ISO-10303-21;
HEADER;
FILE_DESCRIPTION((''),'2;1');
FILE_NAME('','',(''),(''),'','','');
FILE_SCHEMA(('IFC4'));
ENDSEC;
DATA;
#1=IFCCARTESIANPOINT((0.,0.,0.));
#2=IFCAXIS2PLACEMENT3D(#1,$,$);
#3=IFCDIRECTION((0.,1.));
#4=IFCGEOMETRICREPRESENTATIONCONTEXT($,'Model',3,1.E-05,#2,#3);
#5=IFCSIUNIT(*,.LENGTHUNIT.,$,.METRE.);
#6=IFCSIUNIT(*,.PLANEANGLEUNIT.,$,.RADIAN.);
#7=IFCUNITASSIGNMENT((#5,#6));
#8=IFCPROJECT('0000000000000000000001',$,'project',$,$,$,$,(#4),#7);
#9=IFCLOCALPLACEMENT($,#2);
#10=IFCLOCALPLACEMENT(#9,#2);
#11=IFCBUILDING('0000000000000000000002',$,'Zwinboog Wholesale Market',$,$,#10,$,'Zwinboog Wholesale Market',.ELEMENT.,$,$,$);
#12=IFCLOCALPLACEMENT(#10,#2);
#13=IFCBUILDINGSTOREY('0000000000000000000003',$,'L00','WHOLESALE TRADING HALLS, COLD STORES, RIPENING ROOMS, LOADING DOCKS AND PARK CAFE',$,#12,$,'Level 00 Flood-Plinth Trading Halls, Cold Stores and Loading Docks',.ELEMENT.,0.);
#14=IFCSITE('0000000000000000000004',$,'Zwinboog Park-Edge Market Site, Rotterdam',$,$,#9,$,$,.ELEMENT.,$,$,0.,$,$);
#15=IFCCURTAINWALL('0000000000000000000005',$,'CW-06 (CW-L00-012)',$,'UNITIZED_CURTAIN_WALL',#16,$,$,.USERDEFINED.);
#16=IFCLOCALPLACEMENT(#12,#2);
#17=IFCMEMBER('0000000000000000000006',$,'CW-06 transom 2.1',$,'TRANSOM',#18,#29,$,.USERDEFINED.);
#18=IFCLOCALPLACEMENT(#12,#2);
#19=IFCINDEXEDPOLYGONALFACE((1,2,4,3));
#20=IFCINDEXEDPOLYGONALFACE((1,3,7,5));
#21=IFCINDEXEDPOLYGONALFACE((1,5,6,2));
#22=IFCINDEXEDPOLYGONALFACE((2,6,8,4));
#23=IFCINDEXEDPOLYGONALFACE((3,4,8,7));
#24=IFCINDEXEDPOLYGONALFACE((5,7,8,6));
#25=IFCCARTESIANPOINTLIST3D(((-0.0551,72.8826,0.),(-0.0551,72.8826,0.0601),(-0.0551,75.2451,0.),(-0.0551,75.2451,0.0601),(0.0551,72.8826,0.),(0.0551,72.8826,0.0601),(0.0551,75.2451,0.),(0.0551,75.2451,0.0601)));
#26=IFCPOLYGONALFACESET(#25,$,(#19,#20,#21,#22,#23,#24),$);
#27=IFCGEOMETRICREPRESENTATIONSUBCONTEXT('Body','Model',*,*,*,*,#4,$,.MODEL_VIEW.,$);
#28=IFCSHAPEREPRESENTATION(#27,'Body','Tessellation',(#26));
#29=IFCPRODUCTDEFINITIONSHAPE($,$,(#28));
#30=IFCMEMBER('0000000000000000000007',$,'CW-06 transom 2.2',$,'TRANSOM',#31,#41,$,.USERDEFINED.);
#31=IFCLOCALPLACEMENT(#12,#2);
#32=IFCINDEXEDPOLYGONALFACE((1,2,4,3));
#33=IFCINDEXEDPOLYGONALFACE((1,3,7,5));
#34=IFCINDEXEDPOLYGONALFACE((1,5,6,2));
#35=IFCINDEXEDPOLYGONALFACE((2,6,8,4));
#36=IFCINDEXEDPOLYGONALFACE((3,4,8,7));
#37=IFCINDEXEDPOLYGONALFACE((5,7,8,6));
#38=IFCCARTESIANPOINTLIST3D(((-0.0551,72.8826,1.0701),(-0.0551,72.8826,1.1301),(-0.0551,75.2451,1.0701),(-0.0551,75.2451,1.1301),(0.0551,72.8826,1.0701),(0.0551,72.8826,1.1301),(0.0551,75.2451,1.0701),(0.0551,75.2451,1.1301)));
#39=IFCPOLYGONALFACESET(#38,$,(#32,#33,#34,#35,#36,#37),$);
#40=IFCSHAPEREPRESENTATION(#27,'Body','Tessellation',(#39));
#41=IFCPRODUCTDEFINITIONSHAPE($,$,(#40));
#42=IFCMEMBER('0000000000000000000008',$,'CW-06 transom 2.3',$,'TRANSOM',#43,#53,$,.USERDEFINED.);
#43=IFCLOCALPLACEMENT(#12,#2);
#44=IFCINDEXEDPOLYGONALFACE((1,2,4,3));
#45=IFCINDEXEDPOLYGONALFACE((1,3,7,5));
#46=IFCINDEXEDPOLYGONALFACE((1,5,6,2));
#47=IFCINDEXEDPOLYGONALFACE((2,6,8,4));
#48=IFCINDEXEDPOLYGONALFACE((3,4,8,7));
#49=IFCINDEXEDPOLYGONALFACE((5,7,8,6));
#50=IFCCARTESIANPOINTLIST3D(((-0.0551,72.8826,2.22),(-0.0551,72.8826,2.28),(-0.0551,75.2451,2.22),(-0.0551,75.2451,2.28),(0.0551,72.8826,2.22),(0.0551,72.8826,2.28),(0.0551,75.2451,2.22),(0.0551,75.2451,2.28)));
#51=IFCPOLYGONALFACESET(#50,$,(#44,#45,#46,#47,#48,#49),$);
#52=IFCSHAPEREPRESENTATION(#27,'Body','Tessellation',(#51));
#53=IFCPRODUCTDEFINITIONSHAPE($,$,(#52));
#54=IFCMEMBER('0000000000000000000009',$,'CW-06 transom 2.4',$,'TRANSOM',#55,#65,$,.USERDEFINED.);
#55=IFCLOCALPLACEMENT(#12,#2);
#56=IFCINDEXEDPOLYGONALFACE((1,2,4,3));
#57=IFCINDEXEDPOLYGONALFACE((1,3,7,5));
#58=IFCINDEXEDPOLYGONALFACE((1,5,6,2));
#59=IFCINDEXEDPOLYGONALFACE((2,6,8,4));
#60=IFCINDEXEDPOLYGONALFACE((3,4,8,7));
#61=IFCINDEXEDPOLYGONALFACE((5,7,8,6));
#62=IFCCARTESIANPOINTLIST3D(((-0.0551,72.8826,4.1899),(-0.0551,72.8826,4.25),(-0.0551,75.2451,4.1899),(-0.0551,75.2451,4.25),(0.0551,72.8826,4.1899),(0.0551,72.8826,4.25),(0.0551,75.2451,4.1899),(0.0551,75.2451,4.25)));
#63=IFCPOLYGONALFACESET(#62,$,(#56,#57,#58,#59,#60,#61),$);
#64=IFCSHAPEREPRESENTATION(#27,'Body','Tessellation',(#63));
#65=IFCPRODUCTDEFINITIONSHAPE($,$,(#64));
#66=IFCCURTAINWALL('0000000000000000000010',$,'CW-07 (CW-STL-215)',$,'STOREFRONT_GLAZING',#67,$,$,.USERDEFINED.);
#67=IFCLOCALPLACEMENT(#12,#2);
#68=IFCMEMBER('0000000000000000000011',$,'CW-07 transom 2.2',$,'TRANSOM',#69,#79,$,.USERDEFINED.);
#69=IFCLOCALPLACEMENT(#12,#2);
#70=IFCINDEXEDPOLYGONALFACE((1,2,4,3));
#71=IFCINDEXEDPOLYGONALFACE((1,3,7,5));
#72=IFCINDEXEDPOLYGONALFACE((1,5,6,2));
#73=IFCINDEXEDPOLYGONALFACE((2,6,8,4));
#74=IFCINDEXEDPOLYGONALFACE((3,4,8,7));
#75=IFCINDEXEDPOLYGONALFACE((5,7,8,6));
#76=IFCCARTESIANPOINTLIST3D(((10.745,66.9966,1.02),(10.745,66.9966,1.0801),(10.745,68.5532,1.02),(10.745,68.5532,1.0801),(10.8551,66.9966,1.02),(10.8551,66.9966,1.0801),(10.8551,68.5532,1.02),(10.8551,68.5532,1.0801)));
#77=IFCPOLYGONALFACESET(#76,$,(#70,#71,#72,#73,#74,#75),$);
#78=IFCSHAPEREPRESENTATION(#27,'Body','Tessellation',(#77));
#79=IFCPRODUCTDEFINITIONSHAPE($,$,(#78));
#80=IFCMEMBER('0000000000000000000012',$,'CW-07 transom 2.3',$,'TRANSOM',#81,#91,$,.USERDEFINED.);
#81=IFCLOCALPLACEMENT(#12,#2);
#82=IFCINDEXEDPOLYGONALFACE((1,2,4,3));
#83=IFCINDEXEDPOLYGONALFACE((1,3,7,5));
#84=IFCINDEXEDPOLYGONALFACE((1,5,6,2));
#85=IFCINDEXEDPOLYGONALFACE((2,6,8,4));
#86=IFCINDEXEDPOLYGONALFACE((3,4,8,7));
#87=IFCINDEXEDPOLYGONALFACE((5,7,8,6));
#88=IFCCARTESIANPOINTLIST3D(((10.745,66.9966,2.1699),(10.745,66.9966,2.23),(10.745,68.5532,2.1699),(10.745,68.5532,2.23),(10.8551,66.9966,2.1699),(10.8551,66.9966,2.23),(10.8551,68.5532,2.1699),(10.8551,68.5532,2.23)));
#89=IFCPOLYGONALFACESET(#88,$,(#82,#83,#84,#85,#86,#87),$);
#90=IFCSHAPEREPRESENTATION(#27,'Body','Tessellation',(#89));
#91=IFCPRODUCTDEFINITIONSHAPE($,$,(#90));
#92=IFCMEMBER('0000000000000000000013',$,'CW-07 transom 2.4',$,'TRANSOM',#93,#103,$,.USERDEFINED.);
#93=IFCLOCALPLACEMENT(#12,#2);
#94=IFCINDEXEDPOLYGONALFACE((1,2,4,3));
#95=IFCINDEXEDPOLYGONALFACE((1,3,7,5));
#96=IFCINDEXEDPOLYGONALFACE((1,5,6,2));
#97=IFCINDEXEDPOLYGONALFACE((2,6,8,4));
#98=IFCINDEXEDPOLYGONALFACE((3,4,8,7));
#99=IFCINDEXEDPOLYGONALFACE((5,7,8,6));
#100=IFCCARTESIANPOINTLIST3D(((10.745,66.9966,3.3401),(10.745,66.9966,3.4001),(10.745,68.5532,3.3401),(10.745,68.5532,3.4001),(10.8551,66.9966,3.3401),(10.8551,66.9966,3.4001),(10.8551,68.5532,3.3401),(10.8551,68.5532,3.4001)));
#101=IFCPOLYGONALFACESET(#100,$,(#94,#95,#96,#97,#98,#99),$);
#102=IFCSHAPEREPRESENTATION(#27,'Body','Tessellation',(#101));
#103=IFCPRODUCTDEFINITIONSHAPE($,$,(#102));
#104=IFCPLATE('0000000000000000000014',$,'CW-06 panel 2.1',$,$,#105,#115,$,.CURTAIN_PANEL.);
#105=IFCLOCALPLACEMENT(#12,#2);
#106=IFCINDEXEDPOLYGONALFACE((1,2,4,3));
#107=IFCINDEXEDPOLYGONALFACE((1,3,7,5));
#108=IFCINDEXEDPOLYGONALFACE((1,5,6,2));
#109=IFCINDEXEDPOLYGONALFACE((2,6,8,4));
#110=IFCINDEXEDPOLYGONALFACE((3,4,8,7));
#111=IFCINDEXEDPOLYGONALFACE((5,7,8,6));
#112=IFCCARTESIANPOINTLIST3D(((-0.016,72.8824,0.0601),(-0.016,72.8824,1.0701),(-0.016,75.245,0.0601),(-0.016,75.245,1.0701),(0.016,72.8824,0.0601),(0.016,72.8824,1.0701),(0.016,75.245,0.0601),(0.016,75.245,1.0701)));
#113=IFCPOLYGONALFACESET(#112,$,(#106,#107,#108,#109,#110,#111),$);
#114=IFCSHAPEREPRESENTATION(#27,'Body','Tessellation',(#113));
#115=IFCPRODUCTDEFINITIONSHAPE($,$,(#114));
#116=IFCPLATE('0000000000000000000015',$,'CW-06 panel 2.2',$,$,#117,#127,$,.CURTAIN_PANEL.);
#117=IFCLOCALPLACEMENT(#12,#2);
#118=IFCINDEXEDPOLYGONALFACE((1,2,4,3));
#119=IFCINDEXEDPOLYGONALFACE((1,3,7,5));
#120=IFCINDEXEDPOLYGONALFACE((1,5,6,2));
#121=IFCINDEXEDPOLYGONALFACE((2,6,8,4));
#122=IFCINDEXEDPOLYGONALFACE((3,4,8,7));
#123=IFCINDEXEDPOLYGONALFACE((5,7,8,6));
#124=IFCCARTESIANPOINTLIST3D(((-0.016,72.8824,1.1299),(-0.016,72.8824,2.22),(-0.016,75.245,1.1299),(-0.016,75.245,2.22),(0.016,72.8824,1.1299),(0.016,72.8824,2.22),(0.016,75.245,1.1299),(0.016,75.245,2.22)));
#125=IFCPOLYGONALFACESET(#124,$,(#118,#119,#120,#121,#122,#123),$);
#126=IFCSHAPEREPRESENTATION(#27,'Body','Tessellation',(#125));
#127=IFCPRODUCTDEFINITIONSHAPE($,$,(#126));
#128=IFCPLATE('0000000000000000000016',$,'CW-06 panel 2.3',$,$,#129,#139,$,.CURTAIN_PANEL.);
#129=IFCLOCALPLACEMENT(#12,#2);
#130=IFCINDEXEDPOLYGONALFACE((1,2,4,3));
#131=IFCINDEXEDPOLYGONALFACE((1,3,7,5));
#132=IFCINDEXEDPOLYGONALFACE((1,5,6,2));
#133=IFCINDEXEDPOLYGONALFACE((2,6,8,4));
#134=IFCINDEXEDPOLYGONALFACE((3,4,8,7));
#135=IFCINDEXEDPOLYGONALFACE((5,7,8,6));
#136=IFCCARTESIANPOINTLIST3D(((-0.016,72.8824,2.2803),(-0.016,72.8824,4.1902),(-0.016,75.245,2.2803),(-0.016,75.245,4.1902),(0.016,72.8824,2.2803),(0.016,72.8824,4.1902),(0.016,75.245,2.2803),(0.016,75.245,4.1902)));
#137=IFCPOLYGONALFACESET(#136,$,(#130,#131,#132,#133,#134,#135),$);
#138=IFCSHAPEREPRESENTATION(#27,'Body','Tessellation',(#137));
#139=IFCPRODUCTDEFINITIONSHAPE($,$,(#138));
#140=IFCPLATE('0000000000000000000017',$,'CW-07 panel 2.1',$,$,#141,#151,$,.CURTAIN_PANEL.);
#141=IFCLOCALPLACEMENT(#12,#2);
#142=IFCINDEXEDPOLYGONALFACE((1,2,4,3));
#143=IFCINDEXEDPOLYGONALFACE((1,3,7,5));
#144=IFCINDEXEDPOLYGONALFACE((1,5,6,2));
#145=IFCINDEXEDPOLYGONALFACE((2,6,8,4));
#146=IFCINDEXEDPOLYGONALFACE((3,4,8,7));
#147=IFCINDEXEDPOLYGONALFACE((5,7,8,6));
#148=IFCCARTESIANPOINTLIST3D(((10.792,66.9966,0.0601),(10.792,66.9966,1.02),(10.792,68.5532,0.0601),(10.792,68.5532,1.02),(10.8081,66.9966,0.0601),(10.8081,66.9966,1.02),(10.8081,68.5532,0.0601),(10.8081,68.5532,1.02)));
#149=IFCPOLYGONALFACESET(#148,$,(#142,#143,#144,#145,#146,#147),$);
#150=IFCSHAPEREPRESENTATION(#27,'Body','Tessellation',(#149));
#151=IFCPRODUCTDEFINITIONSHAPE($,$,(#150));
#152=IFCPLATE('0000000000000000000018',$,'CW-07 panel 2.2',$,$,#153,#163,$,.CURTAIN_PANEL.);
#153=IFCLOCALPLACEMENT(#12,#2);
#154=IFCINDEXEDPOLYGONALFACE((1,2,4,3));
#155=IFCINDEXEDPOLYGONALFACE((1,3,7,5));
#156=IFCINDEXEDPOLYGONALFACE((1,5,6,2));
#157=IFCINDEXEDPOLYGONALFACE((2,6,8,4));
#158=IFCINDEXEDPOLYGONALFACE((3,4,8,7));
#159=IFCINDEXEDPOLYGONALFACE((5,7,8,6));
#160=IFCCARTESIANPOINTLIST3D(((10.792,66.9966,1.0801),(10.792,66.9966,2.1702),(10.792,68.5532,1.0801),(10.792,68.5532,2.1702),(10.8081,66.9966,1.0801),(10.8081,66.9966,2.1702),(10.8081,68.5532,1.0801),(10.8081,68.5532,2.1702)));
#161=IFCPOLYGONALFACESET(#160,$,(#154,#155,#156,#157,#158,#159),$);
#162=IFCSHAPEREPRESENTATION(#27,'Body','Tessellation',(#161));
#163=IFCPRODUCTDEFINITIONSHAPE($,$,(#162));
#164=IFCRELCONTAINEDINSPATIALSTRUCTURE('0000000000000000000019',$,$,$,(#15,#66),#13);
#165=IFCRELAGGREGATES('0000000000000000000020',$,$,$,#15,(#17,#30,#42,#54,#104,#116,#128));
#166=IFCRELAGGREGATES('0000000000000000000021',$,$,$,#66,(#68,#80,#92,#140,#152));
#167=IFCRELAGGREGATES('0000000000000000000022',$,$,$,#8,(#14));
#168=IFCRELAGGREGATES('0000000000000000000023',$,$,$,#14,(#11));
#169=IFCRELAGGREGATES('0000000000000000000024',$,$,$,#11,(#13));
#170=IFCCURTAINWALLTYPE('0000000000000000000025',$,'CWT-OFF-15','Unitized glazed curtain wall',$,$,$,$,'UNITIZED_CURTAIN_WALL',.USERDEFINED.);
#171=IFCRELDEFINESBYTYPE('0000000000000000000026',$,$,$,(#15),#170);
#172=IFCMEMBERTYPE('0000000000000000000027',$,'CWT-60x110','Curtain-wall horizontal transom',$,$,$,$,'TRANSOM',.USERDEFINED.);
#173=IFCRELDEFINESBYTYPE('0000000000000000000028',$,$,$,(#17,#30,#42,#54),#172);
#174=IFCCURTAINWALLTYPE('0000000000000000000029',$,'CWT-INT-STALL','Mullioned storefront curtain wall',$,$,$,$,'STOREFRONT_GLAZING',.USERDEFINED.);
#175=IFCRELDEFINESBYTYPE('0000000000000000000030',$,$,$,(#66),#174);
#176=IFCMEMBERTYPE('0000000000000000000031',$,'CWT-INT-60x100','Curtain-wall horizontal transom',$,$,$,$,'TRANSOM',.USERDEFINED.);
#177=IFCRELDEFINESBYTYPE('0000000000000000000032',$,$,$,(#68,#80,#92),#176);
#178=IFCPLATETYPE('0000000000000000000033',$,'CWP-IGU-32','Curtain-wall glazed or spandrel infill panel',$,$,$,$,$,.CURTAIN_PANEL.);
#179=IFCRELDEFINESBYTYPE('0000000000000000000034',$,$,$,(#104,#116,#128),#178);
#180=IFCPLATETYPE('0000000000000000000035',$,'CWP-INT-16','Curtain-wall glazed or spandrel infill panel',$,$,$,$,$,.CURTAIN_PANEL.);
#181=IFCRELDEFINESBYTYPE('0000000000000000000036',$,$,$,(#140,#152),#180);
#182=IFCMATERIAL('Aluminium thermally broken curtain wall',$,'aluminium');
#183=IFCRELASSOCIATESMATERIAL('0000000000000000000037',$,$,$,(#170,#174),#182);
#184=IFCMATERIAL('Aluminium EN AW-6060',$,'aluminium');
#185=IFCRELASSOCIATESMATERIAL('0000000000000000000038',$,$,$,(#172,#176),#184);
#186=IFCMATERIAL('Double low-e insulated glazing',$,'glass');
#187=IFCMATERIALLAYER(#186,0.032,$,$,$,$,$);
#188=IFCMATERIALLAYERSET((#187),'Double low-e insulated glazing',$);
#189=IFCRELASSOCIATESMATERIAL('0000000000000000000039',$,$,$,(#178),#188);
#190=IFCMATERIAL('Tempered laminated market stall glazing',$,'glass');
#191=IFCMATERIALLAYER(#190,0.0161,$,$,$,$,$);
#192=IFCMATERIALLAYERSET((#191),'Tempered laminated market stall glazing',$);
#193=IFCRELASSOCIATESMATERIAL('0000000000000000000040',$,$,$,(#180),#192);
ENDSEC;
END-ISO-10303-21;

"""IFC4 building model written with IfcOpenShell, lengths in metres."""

from ifc_helpers import new_model, si_unit, direction, frame, origin, origin_2d, place, context, subcontext, project, spatial, rectangle, extrude, material, layer, layer_set, material_profile, profile_set, type_object, element, aggregate, save


model = new_model("IFC4")

# Units and contexts
model_context = context("Model", 3, precision=1e-05, world=origin(), true_north=direction((0.0, 1.0)))
body_context = subcontext(model_context, "Body", "Model", "MODEL_VIEW")
ifc_project = project(units=[si_unit("LENGTHUNIT", "METRE"), si_unit("PLANEANGLEUNIT", "RADIAN")], contexts=[model_context])

# Site, building, storey
site_placement = place(None, origin())
site = spatial("IfcSite", under=ifc_project, at=site_placement, Name="Zwinboog Park-Edge Market Site, Rotterdam", CompositionType="ELEMENT", RefElevation=0.0)
building_placement = place(site_placement, origin())
building = spatial("IfcBuilding", under=site, at=building_placement, Name="Zwinboog Wholesale Market", LongName="Zwinboog Wholesale Market", CompositionType="ELEMENT")
storey_placement = place(building_placement, origin())
storey = spatial("IfcBuildingStorey", under=building, at=storey_placement, Name="L00", Description="WHOLESALE TRADING HALLS, COLD STORES, RIPENING ROOMS, LOADING DOCKS AND PARK CAFE", LongName="Level 00 Flood-Plinth Trading Halls, Cold Stores and Loading Docks", CompositionType="ELEMENT", Elevation=0.0)

# Curtain walls, members
ifc_material_1 = material(Name="Aluminium thermally broken curtain wall", Category="aluminium")
curtain_wall_type_1 = type_object("IfcCurtainWallType", Name="CWT-OFF-15", Description="Unitized glazed curtain wall", ElementType="UNITIZED_CURTAIN_WALL", PredefinedType="USERDEFINED", material=ifc_material_1)
curtain_wall_1_placement = place(storey_placement, origin())
curtain_wall_1 = element("IfcCurtainWall", 1, at=curtain_wall_1_placement, inside=storey, type_object=curtain_wall_type_1, Name="CW-06 (CW-L00-012)", ObjectType="UNITIZED_CURTAIN_WALL", PredefinedType="USERDEFINED")
ifc_material_2 = material(Name="Aluminium EN AW-6060", Category="aluminium")
ifc_material_profile_1 = material_profile(ifc_material_2, rectangle(XDim=0.1101, YDim=0.0601, at=origin_2d()), Name="AL 60x110")
ifc_profile_set_1 = profile_set([ifc_material_profile_1], Name="Aluminium EN AW-6060")
member_type_1 = type_object("IfcMemberType", Name="CWT-60x110", Description="Curtain-wall horizontal transom", ElementType="TRANSOM", PredefinedType="USERDEFINED", material=ifc_profile_set_1)
member_1_placement = place(storey_placement, frame((0.0, 72.8826, 0.03), z_axis=(0.0, 1.0, 0.0), x_axis=(-1.0, 0.0, 0.0)))
member_1 = element("IfcMember", 2, at=member_1_placement, type_object=member_type_1, Name="CW-06 transom 2.1", ObjectType="TRANSOM", PredefinedType="USERDEFINED", context=body_context, shape_type="SweptSolid", body=[
    extrude(rectangle(XDim=0.1101, YDim=0.0601, at=origin_2d()), origin(), (0.0, 0.0, 1.0), 2.3625),
])
member_2_placement = place(storey_placement, frame((0.0, 72.8826, 1.1001), z_axis=(0.0, 1.0, 0.0), x_axis=(-1.0, 0.0, 0.0)))
member_2 = element("IfcMember", 3, at=member_2_placement, type_object=member_type_1, Name="CW-06 transom 2.2", ObjectType="TRANSOM", PredefinedType="USERDEFINED", context=body_context, shape_type="SweptSolid", body=[
    extrude(rectangle(XDim=0.1101, YDim=0.0601, at=origin_2d()), origin(), (0.0, 0.0, 1.0), 2.3625),
])
member_3_placement = place(storey_placement, frame((0.0, 72.8826, 2.25), z_axis=(0.0, 1.0, 0.0), x_axis=(-1.0, 0.0, 0.0)))
member_3 = element("IfcMember", 4, at=member_3_placement, type_object=member_type_1, Name="CW-06 transom 2.3", ObjectType="TRANSOM", PredefinedType="USERDEFINED", context=body_context, shape_type="SweptSolid", body=[
    extrude(rectangle(XDim=0.1101, YDim=0.0601, at=origin_2d()), origin(), (0.0, 0.0, 1.0), 2.3625),
])
member_4_placement = place(storey_placement, frame((0.0, 72.8826, 4.22), z_axis=(0.0, 1.0, 0.0), x_axis=(-1.0, 0.0, 0.0)))
member_4 = element("IfcMember", 5, at=member_4_placement, type_object=member_type_1, Name="CW-06 transom 2.4", ObjectType="TRANSOM", PredefinedType="USERDEFINED", context=body_context, shape_type="SweptSolid", body=[
    extrude(rectangle(XDim=0.1101, YDim=0.0601, at=origin_2d()), origin(), (0.0, 0.0, 1.0), 2.3625),
])
curtain_wall_type_2 = type_object("IfcCurtainWallType", Name="CWT-INT-STALL", Description="Mullioned storefront curtain wall", ElementType="STOREFRONT_GLAZING", PredefinedType="USERDEFINED", material=ifc_material_1)
curtain_wall_2_placement = place(storey_placement, origin())
curtain_wall_2 = element("IfcCurtainWall", 6, at=curtain_wall_2_placement, inside=storey, type_object=curtain_wall_type_2, Name="CW-07 (CW-STL-215)", ObjectType="STOREFRONT_GLAZING", PredefinedType="USERDEFINED")
ifc_material_profile_2 = material_profile(ifc_material_2, rectangle(XDim=0.1101, YDim=0.0601, at=origin_2d()), Name="AL 60x110")
ifc_profile_set_2 = profile_set([ifc_material_profile_2], Name="Aluminium EN AW-6060")
member_type_2 = type_object("IfcMemberType", Name="CWT-INT-60x100", Description="Curtain-wall horizontal transom", ElementType="TRANSOM", PredefinedType="USERDEFINED", material=ifc_profile_set_2)
member_5_placement = place(storey_placement, frame((10.8, 66.9966, 1.05), z_axis=(0.0, 1.0, 0.0), x_axis=(-1.0, 0.0, 0.0)))
member_5 = element("IfcMember", 7, at=member_5_placement, type_object=member_type_2, Name="CW-07 transom 2.2", ObjectType="TRANSOM", PredefinedType="USERDEFINED", context=body_context, shape_type="SweptSolid", body=[
    extrude(rectangle(XDim=0.1101, YDim=0.0601, at=origin_2d()), origin(), (0.0, 0.0, 1.0), 1.5566),
])
member_6_placement = place(storey_placement, frame((10.8, 66.9966, 2.2), z_axis=(0.0, 1.0, 0.0), x_axis=(-1.0, 0.0, 0.0)))
member_6 = element("IfcMember", 8, at=member_6_placement, type_object=member_type_2, Name="CW-07 transom 2.3", ObjectType="TRANSOM", PredefinedType="USERDEFINED", context=body_context, shape_type="SweptSolid", body=[
    extrude(rectangle(XDim=0.1101, YDim=0.0601, at=origin_2d()), origin(), (0.0, 0.0, 1.0), 1.5566),
])
member_7_placement = place(storey_placement, frame((10.8, 66.9966, 3.3701), z_axis=(0.0, 1.0, 0.0), x_axis=(-1.0, 0.0, 0.0)))
member_7 = element("IfcMember", 9, at=member_7_placement, type_object=member_type_2, Name="CW-07 transom 2.4", ObjectType="TRANSOM", PredefinedType="USERDEFINED", context=body_context, shape_type="SweptSolid", body=[
    extrude(rectangle(XDim=0.1101, YDim=0.0601, at=origin_2d()), origin(), (0.0, 0.0, 1.0), 1.5566),
])

# Plates
ifc_material_3 = material(Name="Double low-e insulated glazing", Category="glass")
ifc_layer_1 = layer(ifc_material_3, 0.032)
ifc_layer_set_1 = layer_set([ifc_layer_1], Name="Double low-e insulated glazing")
plate_type_1 = type_object("IfcPlateType", Name="CWP-IGU-32", Description="Curtain-wall glazed or spandrel infill panel", PredefinedType="CURTAIN_PANEL", material=ifc_layer_set_1)
plate_1_placement = place(storey_placement, frame((0.0, 74.0637, 0.0601), z_axis=(0.0, 0.0, 1.0), x_axis=(0.0, 1.0, 0.0)))
plate_1 = element("IfcPlate", 10, at=plate_1_placement, type_object=plate_type_1, Name="CW-06 panel 2.1", PredefinedType="CURTAIN_PANEL", context=body_context, shape_type="SweptSolid", body=[
    extrude(rectangle(XDim=2.3625, YDim=0.032, at=origin_2d()), origin(), (0.0, 0.0, 1.0), 1.01),
])
plate_2_placement = place(storey_placement, frame((0.0, 74.0637, 1.1299), z_axis=(0.0, 0.0, 1.0), x_axis=(0.0, 1.0, 0.0)))
plate_2 = element("IfcPlate", 11, at=plate_2_placement, type_object=plate_type_1, Name="CW-06 panel 2.2", PredefinedType="CURTAIN_PANEL", context=body_context, shape_type="SweptSolid", body=[
    extrude(rectangle(XDim=2.3625, YDim=0.032, at=origin_2d()), origin(), (0.0, 0.0, 1.0), 1.0901),
])
plate_3_placement = place(storey_placement, frame((0.0, 74.0637, 2.2803), z_axis=(0.0, 0.0, 1.0), x_axis=(0.0, 1.0, 0.0)))
plate_3 = element("IfcPlate", 12, at=plate_3_placement, type_object=plate_type_1, Name="CW-06 panel 2.3", PredefinedType="CURTAIN_PANEL", context=body_context, shape_type="SweptSolid", body=[
    extrude(rectangle(XDim=2.3625, YDim=0.032, at=origin_2d()), origin(), (0.0, 0.0, 1.0), 1.9099),
])
aggregate(curtain_wall_1, [member_1, member_2, member_3, member_4, plate_1, plate_2, plate_3])
ifc_material_4 = material(Name="Tempered laminated market stall glazing", Category="glass")
ifc_layer_2 = layer(ifc_material_4, 0.0161)
ifc_layer_set_2 = layer_set([ifc_layer_2], Name="Tempered laminated market stall glazing")
plate_type_2 = type_object("IfcPlateType", Name="CWP-INT-16", Description="Curtain-wall glazed or spandrel infill panel", PredefinedType="CURTAIN_PANEL", material=ifc_layer_set_2)
plate_4_placement = place(storey_placement, frame((10.8, 67.7749, 0.0601), z_axis=(0.0, 0.0, 1.0), x_axis=(0.0, 1.0, 0.0)))
plate_4 = element("IfcPlate", 13, at=plate_4_placement, type_object=plate_type_2, Name="CW-07 panel 2.1", PredefinedType="CURTAIN_PANEL", context=body_context, shape_type="SweptSolid", body=[
    extrude(rectangle(XDim=1.5566, YDim=0.0161, at=origin_2d()), origin(), (0.0, 0.0, 1.0), 0.96),
])
plate_5_placement = place(storey_placement, frame((10.8, 67.7749, 1.0801), z_axis=(0.0, 0.0, 1.0), x_axis=(0.0, 1.0, 0.0)))
plate_5 = element("IfcPlate", 14, at=plate_5_placement, type_object=plate_type_2, Name="CW-07 panel 2.2", PredefinedType="CURTAIN_PANEL", context=body_context, shape_type="SweptSolid", body=[
    extrude(rectangle(XDim=1.5566, YDim=0.0161, at=origin_2d()), origin(), (0.0, 0.0, 1.0), 1.0901),
])
aggregate(curtain_wall_2, [member_5, member_6, member_7, plate_4, plate_5])

save(model, "model.ifc")
